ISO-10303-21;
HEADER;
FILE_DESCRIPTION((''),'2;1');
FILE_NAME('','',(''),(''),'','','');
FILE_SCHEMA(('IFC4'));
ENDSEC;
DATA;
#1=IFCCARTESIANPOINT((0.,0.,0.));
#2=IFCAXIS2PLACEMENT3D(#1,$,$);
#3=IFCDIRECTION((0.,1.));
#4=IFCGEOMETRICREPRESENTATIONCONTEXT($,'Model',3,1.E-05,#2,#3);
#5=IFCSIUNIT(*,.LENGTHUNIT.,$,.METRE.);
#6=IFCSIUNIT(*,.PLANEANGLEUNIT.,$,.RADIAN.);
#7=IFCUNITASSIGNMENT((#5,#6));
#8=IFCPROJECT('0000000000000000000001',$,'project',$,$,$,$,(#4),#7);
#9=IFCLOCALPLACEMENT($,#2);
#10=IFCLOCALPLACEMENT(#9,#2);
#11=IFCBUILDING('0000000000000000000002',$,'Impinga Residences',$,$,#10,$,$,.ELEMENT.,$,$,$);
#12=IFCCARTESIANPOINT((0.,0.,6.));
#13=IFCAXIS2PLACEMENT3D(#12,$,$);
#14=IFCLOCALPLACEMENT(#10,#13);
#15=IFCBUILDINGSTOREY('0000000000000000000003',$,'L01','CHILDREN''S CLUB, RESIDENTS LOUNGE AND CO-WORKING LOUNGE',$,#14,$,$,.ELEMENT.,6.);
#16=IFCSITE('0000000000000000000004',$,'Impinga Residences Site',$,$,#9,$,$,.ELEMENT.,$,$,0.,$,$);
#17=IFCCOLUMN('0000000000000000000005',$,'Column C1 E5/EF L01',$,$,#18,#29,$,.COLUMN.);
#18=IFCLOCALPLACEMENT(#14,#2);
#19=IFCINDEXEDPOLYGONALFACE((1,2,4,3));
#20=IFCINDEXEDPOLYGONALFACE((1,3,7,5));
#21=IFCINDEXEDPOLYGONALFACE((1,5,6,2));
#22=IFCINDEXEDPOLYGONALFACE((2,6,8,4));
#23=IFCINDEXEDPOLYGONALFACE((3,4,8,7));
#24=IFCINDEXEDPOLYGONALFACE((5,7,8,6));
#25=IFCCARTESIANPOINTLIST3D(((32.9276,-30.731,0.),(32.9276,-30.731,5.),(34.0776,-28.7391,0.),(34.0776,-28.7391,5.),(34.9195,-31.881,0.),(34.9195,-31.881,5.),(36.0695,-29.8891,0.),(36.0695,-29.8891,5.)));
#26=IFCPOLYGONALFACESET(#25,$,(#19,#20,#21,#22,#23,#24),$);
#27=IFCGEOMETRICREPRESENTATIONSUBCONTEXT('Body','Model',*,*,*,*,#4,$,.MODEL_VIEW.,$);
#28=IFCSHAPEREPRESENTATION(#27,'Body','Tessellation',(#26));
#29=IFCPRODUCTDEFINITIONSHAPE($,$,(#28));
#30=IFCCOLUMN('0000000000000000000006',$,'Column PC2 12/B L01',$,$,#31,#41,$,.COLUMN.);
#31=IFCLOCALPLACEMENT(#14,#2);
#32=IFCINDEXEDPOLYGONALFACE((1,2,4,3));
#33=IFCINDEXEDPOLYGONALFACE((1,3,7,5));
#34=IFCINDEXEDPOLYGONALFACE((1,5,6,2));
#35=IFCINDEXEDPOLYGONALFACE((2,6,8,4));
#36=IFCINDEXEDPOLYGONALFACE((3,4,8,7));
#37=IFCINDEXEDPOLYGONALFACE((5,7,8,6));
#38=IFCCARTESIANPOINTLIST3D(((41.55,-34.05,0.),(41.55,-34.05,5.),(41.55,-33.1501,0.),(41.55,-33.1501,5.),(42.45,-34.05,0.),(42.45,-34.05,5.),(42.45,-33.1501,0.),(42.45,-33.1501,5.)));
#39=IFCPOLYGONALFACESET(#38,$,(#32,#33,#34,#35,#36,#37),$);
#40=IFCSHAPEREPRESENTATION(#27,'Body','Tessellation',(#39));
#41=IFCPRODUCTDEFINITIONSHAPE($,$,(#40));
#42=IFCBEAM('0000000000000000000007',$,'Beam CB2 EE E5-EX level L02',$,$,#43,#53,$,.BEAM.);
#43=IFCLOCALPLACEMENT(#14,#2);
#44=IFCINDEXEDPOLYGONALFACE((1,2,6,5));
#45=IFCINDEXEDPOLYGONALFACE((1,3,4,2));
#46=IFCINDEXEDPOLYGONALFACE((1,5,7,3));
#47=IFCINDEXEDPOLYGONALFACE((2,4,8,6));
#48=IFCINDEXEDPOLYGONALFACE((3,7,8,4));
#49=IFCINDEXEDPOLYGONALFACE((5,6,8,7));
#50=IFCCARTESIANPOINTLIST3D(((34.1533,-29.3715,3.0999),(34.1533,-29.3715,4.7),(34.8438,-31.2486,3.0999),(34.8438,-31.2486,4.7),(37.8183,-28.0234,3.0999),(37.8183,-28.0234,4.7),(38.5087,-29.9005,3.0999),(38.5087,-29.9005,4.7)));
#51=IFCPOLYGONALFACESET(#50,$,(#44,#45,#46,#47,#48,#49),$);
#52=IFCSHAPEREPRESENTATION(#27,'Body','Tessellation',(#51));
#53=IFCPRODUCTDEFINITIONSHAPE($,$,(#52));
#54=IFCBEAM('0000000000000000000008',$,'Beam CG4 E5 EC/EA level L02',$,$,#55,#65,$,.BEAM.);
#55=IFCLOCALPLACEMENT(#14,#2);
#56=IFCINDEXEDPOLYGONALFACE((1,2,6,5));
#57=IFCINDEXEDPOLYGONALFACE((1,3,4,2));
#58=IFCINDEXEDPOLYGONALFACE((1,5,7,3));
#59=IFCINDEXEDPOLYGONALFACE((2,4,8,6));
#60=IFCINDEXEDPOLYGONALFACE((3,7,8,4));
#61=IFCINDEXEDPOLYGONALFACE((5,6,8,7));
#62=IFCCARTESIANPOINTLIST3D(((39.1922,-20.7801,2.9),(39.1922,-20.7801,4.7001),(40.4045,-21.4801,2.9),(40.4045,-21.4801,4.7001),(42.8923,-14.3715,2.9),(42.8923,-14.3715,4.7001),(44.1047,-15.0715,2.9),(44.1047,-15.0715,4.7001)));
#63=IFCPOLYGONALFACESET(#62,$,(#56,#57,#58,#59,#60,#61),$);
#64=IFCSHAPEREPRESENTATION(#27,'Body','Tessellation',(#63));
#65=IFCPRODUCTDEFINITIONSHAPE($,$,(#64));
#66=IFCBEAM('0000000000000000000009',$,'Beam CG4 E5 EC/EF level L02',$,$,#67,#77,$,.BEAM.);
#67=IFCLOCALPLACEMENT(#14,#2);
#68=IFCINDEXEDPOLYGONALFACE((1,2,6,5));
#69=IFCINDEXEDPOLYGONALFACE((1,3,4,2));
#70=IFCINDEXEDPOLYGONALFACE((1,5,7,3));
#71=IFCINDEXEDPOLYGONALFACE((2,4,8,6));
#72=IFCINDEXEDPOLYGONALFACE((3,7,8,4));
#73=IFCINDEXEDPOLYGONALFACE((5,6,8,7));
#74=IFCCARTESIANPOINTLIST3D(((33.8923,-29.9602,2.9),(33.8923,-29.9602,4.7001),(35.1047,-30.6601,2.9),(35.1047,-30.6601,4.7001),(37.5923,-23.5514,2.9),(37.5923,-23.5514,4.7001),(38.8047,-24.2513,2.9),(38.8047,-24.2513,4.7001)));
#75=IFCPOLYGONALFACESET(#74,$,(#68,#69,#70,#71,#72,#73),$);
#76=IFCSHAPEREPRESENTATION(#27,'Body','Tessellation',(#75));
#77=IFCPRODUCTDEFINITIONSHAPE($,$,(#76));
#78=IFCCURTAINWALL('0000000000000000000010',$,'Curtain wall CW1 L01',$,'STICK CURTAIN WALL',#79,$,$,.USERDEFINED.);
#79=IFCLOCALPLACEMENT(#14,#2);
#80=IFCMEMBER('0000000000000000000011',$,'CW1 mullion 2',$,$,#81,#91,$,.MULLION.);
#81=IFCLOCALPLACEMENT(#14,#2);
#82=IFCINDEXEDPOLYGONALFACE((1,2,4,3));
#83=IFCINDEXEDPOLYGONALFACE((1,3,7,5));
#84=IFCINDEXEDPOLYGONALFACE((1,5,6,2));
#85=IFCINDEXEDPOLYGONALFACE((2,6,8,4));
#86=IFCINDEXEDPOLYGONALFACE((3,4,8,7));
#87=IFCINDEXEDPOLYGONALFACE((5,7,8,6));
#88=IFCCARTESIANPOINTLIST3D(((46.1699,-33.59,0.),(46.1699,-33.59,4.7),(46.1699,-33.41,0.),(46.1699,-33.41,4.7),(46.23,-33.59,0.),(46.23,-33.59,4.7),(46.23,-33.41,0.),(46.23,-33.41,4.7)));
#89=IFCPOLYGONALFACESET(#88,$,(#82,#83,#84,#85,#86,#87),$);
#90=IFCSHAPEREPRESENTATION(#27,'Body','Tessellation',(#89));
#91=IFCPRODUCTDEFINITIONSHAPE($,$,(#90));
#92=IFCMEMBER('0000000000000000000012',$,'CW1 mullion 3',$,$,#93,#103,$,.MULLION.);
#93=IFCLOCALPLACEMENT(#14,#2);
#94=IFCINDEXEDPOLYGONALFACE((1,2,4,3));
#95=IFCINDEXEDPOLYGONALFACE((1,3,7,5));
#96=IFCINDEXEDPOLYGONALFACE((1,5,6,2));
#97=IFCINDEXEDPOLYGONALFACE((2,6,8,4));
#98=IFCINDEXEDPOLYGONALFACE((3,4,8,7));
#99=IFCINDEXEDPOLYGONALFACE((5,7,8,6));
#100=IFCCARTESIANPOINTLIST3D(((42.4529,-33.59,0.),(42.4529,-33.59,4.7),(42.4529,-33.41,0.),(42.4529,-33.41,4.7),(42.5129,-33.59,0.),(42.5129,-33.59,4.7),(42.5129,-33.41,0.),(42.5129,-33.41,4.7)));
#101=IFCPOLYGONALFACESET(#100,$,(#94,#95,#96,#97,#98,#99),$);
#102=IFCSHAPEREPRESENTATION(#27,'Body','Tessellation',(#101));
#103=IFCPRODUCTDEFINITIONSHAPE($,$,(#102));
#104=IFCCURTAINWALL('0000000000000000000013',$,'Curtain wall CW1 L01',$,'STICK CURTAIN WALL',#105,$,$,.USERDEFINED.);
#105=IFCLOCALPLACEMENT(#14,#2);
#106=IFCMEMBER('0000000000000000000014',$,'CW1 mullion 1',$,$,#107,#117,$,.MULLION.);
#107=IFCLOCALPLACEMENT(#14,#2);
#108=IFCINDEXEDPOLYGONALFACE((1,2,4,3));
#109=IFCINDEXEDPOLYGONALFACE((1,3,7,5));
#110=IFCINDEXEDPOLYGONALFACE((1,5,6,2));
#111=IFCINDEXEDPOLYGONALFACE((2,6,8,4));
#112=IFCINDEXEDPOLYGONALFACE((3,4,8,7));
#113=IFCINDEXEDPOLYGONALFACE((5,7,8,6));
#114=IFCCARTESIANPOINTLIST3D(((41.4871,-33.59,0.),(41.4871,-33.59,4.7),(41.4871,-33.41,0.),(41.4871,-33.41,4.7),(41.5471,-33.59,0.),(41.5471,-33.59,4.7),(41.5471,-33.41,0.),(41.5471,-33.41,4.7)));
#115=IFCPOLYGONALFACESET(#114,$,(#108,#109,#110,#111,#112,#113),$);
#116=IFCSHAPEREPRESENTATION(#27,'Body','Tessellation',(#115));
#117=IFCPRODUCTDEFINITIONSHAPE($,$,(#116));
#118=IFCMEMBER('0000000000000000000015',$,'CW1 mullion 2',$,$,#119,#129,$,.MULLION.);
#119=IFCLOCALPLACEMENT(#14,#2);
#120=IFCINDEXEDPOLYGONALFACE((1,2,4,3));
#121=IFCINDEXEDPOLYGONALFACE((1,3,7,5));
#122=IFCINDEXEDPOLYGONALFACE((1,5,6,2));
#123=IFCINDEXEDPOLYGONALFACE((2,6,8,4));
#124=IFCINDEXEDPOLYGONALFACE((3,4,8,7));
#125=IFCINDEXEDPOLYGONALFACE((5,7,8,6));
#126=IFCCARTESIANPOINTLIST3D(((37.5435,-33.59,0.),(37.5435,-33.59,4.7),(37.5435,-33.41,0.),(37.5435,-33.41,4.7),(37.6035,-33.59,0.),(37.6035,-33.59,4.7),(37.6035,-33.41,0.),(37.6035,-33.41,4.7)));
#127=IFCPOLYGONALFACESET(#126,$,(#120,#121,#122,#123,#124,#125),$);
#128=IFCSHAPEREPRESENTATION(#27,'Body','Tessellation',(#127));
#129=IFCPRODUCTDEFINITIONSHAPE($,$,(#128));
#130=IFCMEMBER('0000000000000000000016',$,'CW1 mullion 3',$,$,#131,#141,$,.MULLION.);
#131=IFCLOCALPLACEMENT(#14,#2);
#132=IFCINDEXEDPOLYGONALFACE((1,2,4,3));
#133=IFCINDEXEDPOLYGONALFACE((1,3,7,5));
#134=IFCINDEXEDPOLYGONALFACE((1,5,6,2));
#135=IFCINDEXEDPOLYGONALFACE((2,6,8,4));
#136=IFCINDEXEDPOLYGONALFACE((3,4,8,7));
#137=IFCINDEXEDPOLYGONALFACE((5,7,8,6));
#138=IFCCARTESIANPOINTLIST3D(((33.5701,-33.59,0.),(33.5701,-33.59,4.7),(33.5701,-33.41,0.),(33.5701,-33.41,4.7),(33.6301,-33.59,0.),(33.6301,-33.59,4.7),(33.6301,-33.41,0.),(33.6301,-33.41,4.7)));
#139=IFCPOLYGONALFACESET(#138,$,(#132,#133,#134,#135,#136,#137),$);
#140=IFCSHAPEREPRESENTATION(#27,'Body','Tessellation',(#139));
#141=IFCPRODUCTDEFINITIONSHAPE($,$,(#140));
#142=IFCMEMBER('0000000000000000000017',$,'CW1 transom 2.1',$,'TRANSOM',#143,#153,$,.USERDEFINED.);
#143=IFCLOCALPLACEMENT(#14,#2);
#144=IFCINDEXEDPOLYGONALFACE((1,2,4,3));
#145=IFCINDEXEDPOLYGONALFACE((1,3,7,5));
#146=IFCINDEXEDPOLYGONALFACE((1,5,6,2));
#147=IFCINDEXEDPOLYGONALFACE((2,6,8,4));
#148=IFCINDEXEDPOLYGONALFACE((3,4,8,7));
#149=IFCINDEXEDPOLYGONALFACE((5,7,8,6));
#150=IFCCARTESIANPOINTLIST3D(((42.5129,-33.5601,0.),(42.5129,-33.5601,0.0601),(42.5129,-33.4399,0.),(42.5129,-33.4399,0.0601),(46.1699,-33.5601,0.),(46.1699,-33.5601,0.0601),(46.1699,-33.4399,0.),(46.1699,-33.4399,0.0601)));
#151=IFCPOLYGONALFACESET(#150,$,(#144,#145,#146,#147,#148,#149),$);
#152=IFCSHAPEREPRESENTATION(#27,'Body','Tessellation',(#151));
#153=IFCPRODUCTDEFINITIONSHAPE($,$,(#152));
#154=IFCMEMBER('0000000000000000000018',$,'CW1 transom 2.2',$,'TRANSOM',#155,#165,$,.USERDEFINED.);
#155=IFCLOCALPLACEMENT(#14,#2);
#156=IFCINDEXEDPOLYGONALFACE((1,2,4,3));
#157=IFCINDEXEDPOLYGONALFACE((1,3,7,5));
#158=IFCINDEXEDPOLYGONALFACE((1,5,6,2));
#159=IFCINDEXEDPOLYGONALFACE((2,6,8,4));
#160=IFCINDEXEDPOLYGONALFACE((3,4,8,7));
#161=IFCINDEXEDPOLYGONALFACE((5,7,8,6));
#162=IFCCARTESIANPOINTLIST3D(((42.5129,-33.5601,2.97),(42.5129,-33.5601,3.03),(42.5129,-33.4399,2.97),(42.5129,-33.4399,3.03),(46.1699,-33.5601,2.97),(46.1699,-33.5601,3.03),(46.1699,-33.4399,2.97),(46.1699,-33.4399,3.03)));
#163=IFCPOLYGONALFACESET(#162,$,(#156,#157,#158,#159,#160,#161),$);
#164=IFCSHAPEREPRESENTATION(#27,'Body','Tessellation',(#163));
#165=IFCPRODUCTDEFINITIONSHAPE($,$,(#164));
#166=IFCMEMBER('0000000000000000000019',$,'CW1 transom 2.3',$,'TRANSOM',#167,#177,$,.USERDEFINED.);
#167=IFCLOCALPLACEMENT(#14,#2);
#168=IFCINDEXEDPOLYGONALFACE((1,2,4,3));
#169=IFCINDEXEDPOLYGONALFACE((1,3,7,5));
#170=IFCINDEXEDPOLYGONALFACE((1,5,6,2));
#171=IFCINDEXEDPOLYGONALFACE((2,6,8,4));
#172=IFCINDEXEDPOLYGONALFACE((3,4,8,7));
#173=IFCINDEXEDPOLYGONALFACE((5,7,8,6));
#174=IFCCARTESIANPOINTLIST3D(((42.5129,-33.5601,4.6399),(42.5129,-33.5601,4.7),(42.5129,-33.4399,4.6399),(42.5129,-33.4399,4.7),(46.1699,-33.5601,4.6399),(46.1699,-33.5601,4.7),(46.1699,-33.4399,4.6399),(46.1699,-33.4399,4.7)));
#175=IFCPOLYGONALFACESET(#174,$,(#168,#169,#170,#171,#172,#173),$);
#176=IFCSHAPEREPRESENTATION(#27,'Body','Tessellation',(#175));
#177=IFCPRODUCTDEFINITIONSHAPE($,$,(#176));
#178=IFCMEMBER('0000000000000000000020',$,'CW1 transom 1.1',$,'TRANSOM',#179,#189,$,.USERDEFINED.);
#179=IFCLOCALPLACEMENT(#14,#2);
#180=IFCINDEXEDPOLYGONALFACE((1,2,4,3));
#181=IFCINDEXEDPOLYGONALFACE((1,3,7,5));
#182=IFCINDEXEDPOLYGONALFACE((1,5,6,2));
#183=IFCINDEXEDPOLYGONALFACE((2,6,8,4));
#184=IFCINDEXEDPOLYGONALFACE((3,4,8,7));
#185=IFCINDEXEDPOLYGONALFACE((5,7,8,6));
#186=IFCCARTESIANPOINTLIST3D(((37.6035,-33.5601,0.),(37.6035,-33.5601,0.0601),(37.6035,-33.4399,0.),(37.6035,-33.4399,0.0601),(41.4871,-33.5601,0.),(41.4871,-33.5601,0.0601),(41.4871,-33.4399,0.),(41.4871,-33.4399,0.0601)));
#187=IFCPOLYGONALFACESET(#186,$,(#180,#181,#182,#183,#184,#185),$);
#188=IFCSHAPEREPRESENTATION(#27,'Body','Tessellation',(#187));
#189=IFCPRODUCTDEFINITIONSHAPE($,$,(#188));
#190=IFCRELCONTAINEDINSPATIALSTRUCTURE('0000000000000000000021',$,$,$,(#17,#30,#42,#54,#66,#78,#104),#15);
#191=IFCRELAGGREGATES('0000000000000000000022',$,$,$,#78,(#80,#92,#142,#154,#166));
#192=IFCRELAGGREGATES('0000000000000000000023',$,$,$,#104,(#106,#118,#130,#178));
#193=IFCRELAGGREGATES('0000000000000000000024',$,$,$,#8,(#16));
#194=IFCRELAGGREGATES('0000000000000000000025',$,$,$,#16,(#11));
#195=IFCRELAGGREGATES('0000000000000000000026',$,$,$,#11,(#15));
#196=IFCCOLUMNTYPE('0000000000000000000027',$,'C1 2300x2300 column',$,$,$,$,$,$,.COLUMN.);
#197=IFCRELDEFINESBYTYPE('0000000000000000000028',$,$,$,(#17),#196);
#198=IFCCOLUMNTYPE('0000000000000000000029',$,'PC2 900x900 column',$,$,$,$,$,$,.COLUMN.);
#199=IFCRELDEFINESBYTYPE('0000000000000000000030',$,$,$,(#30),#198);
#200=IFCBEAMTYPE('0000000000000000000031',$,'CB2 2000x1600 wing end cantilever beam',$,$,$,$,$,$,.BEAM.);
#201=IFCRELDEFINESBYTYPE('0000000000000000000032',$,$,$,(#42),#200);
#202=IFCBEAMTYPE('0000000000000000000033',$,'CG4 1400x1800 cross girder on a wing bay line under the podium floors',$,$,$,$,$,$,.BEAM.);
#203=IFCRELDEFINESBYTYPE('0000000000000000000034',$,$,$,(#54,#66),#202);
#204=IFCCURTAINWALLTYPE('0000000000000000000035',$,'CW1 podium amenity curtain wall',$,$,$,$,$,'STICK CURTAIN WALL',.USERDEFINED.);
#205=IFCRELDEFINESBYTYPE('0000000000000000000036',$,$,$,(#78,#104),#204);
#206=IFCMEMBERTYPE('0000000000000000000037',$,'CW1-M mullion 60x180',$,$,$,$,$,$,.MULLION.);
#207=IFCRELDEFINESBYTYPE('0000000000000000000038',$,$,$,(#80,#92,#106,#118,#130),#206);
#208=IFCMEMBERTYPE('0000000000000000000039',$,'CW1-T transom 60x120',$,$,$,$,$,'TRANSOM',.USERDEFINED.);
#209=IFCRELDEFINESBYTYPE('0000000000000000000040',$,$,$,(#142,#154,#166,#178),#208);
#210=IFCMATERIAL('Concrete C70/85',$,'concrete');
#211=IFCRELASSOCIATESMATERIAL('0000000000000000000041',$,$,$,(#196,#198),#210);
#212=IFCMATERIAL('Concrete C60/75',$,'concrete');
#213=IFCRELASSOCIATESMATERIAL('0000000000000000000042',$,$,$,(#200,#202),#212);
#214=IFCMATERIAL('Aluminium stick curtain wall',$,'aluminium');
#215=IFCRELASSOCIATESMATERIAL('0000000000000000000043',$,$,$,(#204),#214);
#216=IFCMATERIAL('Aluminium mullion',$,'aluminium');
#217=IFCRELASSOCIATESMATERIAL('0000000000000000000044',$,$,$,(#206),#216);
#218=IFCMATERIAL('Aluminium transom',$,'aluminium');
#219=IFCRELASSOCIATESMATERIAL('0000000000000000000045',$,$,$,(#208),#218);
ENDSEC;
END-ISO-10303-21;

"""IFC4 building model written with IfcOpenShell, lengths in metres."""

from ifc_helpers import new_model, si_unit, direction, frame, origin, origin_2d, place, context, subcontext, project, spatial, rectangle, extrude, material, material_profile, profile_set, type_object, element, aggregate, save


model = new_model("IFC4")

# Units and contexts
model_context = context("Model", 3, precision=1e-05, world=origin(), true_north=direction((0.0, 1.0)))
body_context = subcontext(model_context, "Body", "Model", "MODEL_VIEW")
ifc_project = project(units=[si_unit("LENGTHUNIT", "METRE"), si_unit("PLANEANGLEUNIT", "RADIAN")], contexts=[model_context])

# Site, building, storey
site_placement = place(None, origin())
site = spatial("IfcSite", under=ifc_project, at=site_placement, Name="Impinga Residences Site", CompositionType="ELEMENT", RefElevation=0.0)
building_placement = place(site_placement, origin())
building = spatial("IfcBuilding", under=site, at=building_placement, Name="Impinga Residences", CompositionType="ELEMENT")
storey_placement = place(building_placement, frame((0.0, 0.0, 6.0)))
storey = spatial("IfcBuildingStorey", under=building, at=storey_placement, Name="L01", Description="CHILDREN'S CLUB, RESIDENTS LOUNGE AND CO-WORKING LOUNGE", CompositionType="ELEMENT", Elevation=6.0)

# Columns
ifc_material_1 = material(Name="Concrete C70/85", Category="concrete")
ifc_material_profile_1 = material_profile(ifc_material_1, rectangle(XDim=2.3, YDim=2.3, at=origin_2d()), Name="RC 2300x2300")
ifc_profile_set_1 = profile_set([ifc_material_profile_1], Name="Concrete C70/85")
column_type_1 = type_object("IfcColumnType", Name="C1 2300x2300 column", PredefinedType="COLUMN", material=ifc_profile_set_1)
column_1_placement = place(storey_placement, frame((34.4985, -30.3101, 0.0), z_axis=(0.0, 0.0, 1.0), x_axis=(-0.5, -0.866025, 0.0)))
element("IfcColumn", 1, at=column_1_placement, inside=storey, type_object=column_type_1, Name="Column C1 E5/EF L01", PredefinedType="COLUMN", context=body_context, shape_type="SweptSolid", body=[
    extrude(rectangle(XDim=2.3, YDim=2.3, at=origin_2d()), origin(), (0.0, 0.0, 1.0), 5.0),
])
ifc_material_profile_2 = material_profile(ifc_material_1, rectangle(XDim=0.8999, YDim=0.8999, at=origin_2d()), Name="RC 900x900")
ifc_profile_set_2 = profile_set([ifc_material_profile_2], Name="Concrete C70/85")
column_type_2 = type_object("IfcColumnType", Name="PC2 900x900 column", PredefinedType="COLUMN", material=ifc_profile_set_2)
column_2_placement = place(storey_placement, frame((42.0, -33.6001, 0.0), z_axis=(0.0, 0.0, 1.0), x_axis=(1.0, 0.0, 0.0)))
element("IfcColumn", 2, at=column_2_placement, inside=storey, type_object=column_type_2, Name="Column PC2 12/B L01", PredefinedType="COLUMN", context=body_context, shape_type="SweptSolid", body=[
    extrude(rectangle(XDim=0.8999, YDim=0.8999, at=origin_2d()), origin(), (0.0, 0.0, 1.0), 5.0),
])

# Beams
ifc_material_2 = material(Name="Concrete C60/75", Category="concrete")
ifc_material_profile_3 = material_profile(ifc_material_2, rectangle(XDim=2.0, YDim=1.6001, at=origin_2d()), Name="RC 2000x1600")
ifc_profile_set_3 = profile_set([ifc_material_profile_3], Name="Concrete C60/75")
beam_type_1 = type_object("IfcBeamType", Name="CB2 2000x1600 wing end cantilever beam", PredefinedType="BEAM", material=ifc_profile_set_3)
beam_1_placement = place(storey_placement, frame((34.4985, -30.3101, 3.8999), z_axis=(0.93852, 0.345224, 0.0), x_axis=(-0.345224, 0.93852, 0.0)))
element("IfcBeam", 3, at=beam_1_placement, inside=storey, type_object=beam_type_1, Name="Beam CB2 EE E5-EX level L02", PredefinedType="BEAM", context=body_context, shape_type="SweptSolid", body=[
    extrude(rectangle(XDim=2.0, YDim=1.6001, at=origin_2d()), origin(), (0.0, 0.0, 1.0), 3.905),
])
ifc_material_profile_4 = material_profile(ifc_material_2, rectangle(XDim=1.3999, YDim=1.8, at=origin_2d()), Name="RC 1400x1800")
ifc_profile_set_4 = profile_set([ifc_material_profile_4], Name="Concrete C60/75")
beam_type_2 = type_object("IfcBeamType", Name="CG4 1400x1800 cross girder on a wing bay line under the podium floors", PredefinedType="BEAM", material=ifc_profile_set_4)
for number, where, z_axis, x_axis, name in (
    (4, (39.7983, -21.1301, 3.8), (0.500014, 0.866017, 0.0), (-0.866017, 0.500014, 0.0), "Beam CG4 E5 EC/EA level L02"),
    (5, (38.1985, -23.9014, 3.8), (-0.499989, -0.866032, 0.0), (0.866032, -0.499989, 0.0), "Beam CG4 E5 EC/EF level L02"),
):
    element("IfcBeam", number, at=place(storey_placement, frame(where, z_axis=z_axis, x_axis=x_axis)), inside=storey, type_object=beam_type_2, Name=name, PredefinedType="BEAM", context=body_context, shape_type="SweptSolid", body=[
        extrude(rectangle(XDim=1.3999, YDim=1.8, at=origin_2d()), origin(), (0.0, 0.0, 1.0), 7.4001),
    ])

# Curtain walls, members
ifc_material_3 = material(Name="Aluminium stick curtain wall", Category="aluminium")
curtain_wall_type = type_object("IfcCurtainWallType", Name="CW1 podium amenity curtain wall", ElementType="STICK CURTAIN WALL", PredefinedType="USERDEFINED", material=ifc_material_3)
curtain_wall_1_placement = place(storey_placement, origin())
curtain_wall_1 = element("IfcCurtainWall", 6, at=curtain_wall_1_placement, inside=storey, type_object=curtain_wall_type, Name="Curtain wall CW1 L01", ObjectType="STICK CURTAIN WALL", PredefinedType="USERDEFINED")
ifc_material_4 = material(Name="Aluminium mullion", Category="aluminium")
ifc_material_profile_5 = material_profile(ifc_material_4, rectangle(XDim=0.0601, YDim=0.1799, at=origin_2d()), Name="60x180 mullion")
ifc_profile_set_5 = profile_set([ifc_material_profile_5], Name="Aluminium mullion")
member_type_1 = type_object("IfcMemberType", Name="CW1-M mullion 60x180", PredefinedType="MULLION", material=ifc_profile_set_5)
member_1_placement = place(storey_placement, frame((46.2, -33.5, 0.0), z_axis=(0.0, 0.0, 1.0), x_axis=(-1.0, 0.0, 0.0)))
member_1 = element("IfcMember", 7, at=member_1_placement, type_object=member_type_1, Name="CW1 mullion 2", PredefinedType="MULLION", context=body_context, shape_type="SweptSolid", body=[
    extrude(rectangle(XDim=0.0601, YDim=0.1799, at=origin_2d()), origin(), (0.0, 0.0, 1.0), 4.7),
])
member_2_placement = place(storey_placement, frame((42.4829, -33.5, 0.0), z_axis=(0.0, 0.0, 1.0), x_axis=(-1.0, 0.0, 0.0)))
member_2 = element("IfcMember", 8, at=member_2_placement, type_object=member_type_1, Name="CW1 mullion 3", PredefinedType="MULLION", context=body_context, shape_type="SweptSolid", body=[
    extrude(rectangle(XDim=0.0601, YDim=0.1799, at=origin_2d()), origin(), (0.0, 0.0, 1.0), 4.7),
])
curtain_wall_2_placement = place(storey_placement, origin())
curtain_wall_2 = element("IfcCurtainWall", 9, at=curtain_wall_2_placement, inside=storey, type_object=curtain_wall_type, Name="Curtain wall CW1 L01", ObjectType="STICK CURTAIN WALL", PredefinedType="USERDEFINED")
member_3_placement = place(storey_placement, frame((41.5171, -33.5, 0.0), z_axis=(0.0, 0.0, 1.0), x_axis=(-1.0, 0.0, 0.0)))
member_3 = element("IfcMember", 10, at=member_3_placement, type_object=member_type_1, Name="CW1 mullion 1", PredefinedType="MULLION", context=body_context, shape_type="SweptSolid", body=[
    extrude(rectangle(XDim=0.0601, YDim=0.1799, at=origin_2d()), origin(), (0.0, 0.0, 1.0), 4.7),
])
member_4_placement = place(storey_placement, frame((37.5735, -33.5, 0.0), z_axis=(0.0, 0.0, 1.0), x_axis=(-1.0, 0.0, 0.0)))
member_4 = element("IfcMember", 11, at=member_4_placement, type_object=member_type_1, Name="CW1 mullion 2", PredefinedType="MULLION", context=body_context, shape_type="SweptSolid", body=[
    extrude(rectangle(XDim=0.0601, YDim=0.1799, at=origin_2d()), origin(), (0.0, 0.0, 1.0), 4.7),
])
member_5_placement = place(storey_placement, frame((33.6001, -33.5, 0.0), z_axis=(0.0, 0.0, 1.0), x_axis=(-1.0, 0.0, 0.0)))
member_5 = element("IfcMember", 12, at=member_5_placement, type_object=member_type_1, Name="CW1 mullion 3", PredefinedType="MULLION", context=body_context, shape_type="SweptSolid", body=[
    extrude(rectangle(XDim=0.0601, YDim=0.1799, at=origin_2d()), origin(), (0.0, 0.0, 1.0), 4.7),
])

# Members
ifc_material_5 = material(Name="Aluminium transom", Category="aluminium")
ifc_material_profile_6 = material_profile(ifc_material_5, rectangle(XDim=0.0601, YDim=0.1201, at=origin_2d()), Name="60x120 transom")
ifc_profile_set_6 = profile_set([ifc_material_profile_6], Name="Aluminium transom")
member_type_2 = type_object("IfcMemberType", Name="CW1-T transom 60x120", ElementType="TRANSOM", PredefinedType="USERDEFINED", material=ifc_profile_set_6)
member_6_placement = place(storey_placement, frame((46.1699, -33.5, 0.03), z_axis=(-1.0, 0.0, 0.0), x_axis=(0.0, 0.0, 1.0)))
member_6 = element("IfcMember", 13, at=member_6_placement, type_object=member_type_2, Name="CW1 transom 2.1", ObjectType="TRANSOM", PredefinedType="USERDEFINED", context=body_context, shape_type="SweptSolid", body=[
    extrude(rectangle(XDim=0.0601, YDim=0.1201, at=origin_2d()), origin(), (0.0, 0.0, 1.0), 3.657),
])
member_7_placement = place(storey_placement, frame((46.1699, -33.5, 3.0), z_axis=(-1.0, 0.0, 0.0), x_axis=(0.0, 0.0, 1.0)))
member_7 = element("IfcMember", 14, at=member_7_placement, type_object=member_type_2, Name="CW1 transom 2.2", ObjectType="TRANSOM", PredefinedType="USERDEFINED", context=body_context, shape_type="SweptSolid", body=[
    extrude(rectangle(XDim=0.0601, YDim=0.1201, at=origin_2d()), origin(), (0.0, 0.0, 1.0), 3.657),
])
member_8_placement = place(storey_placement, frame((46.1699, -33.5, 4.6699), z_axis=(-1.0, 0.0, 0.0), x_axis=(0.0, 0.0, 1.0)))
member_8 = element("IfcMember", 15, at=member_8_placement, type_object=member_type_2, Name="CW1 transom 2.3", ObjectType="TRANSOM", PredefinedType="USERDEFINED", context=body_context, shape_type="SweptSolid", body=[
    extrude(rectangle(XDim=0.0601, YDim=0.1201, at=origin_2d()), origin(), (0.0, 0.0, 1.0), 3.657),
])
member_9_placement = place(storey_placement, frame((41.4871, -33.5, 0.03), z_axis=(-1.0, 0.0, 0.0), x_axis=(0.0, 0.0, 1.0)))
member_9 = element("IfcMember", 16, at=member_9_placement, type_object=member_type_2, Name="CW1 transom 1.1", ObjectType="TRANSOM", PredefinedType="USERDEFINED", context=body_context, shape_type="SweptSolid", body=[
    extrude(rectangle(XDim=0.0601, YDim=0.1201, at=origin_2d()), origin(), (0.0, 0.0, 1.0), 3.8835),
])

aggregate(curtain_wall_1, [member_1, member_2, member_6, member_7, member_8])
aggregate(curtain_wall_2, [member_3, member_4, member_5, member_9])

save(model, "model.ifc")
